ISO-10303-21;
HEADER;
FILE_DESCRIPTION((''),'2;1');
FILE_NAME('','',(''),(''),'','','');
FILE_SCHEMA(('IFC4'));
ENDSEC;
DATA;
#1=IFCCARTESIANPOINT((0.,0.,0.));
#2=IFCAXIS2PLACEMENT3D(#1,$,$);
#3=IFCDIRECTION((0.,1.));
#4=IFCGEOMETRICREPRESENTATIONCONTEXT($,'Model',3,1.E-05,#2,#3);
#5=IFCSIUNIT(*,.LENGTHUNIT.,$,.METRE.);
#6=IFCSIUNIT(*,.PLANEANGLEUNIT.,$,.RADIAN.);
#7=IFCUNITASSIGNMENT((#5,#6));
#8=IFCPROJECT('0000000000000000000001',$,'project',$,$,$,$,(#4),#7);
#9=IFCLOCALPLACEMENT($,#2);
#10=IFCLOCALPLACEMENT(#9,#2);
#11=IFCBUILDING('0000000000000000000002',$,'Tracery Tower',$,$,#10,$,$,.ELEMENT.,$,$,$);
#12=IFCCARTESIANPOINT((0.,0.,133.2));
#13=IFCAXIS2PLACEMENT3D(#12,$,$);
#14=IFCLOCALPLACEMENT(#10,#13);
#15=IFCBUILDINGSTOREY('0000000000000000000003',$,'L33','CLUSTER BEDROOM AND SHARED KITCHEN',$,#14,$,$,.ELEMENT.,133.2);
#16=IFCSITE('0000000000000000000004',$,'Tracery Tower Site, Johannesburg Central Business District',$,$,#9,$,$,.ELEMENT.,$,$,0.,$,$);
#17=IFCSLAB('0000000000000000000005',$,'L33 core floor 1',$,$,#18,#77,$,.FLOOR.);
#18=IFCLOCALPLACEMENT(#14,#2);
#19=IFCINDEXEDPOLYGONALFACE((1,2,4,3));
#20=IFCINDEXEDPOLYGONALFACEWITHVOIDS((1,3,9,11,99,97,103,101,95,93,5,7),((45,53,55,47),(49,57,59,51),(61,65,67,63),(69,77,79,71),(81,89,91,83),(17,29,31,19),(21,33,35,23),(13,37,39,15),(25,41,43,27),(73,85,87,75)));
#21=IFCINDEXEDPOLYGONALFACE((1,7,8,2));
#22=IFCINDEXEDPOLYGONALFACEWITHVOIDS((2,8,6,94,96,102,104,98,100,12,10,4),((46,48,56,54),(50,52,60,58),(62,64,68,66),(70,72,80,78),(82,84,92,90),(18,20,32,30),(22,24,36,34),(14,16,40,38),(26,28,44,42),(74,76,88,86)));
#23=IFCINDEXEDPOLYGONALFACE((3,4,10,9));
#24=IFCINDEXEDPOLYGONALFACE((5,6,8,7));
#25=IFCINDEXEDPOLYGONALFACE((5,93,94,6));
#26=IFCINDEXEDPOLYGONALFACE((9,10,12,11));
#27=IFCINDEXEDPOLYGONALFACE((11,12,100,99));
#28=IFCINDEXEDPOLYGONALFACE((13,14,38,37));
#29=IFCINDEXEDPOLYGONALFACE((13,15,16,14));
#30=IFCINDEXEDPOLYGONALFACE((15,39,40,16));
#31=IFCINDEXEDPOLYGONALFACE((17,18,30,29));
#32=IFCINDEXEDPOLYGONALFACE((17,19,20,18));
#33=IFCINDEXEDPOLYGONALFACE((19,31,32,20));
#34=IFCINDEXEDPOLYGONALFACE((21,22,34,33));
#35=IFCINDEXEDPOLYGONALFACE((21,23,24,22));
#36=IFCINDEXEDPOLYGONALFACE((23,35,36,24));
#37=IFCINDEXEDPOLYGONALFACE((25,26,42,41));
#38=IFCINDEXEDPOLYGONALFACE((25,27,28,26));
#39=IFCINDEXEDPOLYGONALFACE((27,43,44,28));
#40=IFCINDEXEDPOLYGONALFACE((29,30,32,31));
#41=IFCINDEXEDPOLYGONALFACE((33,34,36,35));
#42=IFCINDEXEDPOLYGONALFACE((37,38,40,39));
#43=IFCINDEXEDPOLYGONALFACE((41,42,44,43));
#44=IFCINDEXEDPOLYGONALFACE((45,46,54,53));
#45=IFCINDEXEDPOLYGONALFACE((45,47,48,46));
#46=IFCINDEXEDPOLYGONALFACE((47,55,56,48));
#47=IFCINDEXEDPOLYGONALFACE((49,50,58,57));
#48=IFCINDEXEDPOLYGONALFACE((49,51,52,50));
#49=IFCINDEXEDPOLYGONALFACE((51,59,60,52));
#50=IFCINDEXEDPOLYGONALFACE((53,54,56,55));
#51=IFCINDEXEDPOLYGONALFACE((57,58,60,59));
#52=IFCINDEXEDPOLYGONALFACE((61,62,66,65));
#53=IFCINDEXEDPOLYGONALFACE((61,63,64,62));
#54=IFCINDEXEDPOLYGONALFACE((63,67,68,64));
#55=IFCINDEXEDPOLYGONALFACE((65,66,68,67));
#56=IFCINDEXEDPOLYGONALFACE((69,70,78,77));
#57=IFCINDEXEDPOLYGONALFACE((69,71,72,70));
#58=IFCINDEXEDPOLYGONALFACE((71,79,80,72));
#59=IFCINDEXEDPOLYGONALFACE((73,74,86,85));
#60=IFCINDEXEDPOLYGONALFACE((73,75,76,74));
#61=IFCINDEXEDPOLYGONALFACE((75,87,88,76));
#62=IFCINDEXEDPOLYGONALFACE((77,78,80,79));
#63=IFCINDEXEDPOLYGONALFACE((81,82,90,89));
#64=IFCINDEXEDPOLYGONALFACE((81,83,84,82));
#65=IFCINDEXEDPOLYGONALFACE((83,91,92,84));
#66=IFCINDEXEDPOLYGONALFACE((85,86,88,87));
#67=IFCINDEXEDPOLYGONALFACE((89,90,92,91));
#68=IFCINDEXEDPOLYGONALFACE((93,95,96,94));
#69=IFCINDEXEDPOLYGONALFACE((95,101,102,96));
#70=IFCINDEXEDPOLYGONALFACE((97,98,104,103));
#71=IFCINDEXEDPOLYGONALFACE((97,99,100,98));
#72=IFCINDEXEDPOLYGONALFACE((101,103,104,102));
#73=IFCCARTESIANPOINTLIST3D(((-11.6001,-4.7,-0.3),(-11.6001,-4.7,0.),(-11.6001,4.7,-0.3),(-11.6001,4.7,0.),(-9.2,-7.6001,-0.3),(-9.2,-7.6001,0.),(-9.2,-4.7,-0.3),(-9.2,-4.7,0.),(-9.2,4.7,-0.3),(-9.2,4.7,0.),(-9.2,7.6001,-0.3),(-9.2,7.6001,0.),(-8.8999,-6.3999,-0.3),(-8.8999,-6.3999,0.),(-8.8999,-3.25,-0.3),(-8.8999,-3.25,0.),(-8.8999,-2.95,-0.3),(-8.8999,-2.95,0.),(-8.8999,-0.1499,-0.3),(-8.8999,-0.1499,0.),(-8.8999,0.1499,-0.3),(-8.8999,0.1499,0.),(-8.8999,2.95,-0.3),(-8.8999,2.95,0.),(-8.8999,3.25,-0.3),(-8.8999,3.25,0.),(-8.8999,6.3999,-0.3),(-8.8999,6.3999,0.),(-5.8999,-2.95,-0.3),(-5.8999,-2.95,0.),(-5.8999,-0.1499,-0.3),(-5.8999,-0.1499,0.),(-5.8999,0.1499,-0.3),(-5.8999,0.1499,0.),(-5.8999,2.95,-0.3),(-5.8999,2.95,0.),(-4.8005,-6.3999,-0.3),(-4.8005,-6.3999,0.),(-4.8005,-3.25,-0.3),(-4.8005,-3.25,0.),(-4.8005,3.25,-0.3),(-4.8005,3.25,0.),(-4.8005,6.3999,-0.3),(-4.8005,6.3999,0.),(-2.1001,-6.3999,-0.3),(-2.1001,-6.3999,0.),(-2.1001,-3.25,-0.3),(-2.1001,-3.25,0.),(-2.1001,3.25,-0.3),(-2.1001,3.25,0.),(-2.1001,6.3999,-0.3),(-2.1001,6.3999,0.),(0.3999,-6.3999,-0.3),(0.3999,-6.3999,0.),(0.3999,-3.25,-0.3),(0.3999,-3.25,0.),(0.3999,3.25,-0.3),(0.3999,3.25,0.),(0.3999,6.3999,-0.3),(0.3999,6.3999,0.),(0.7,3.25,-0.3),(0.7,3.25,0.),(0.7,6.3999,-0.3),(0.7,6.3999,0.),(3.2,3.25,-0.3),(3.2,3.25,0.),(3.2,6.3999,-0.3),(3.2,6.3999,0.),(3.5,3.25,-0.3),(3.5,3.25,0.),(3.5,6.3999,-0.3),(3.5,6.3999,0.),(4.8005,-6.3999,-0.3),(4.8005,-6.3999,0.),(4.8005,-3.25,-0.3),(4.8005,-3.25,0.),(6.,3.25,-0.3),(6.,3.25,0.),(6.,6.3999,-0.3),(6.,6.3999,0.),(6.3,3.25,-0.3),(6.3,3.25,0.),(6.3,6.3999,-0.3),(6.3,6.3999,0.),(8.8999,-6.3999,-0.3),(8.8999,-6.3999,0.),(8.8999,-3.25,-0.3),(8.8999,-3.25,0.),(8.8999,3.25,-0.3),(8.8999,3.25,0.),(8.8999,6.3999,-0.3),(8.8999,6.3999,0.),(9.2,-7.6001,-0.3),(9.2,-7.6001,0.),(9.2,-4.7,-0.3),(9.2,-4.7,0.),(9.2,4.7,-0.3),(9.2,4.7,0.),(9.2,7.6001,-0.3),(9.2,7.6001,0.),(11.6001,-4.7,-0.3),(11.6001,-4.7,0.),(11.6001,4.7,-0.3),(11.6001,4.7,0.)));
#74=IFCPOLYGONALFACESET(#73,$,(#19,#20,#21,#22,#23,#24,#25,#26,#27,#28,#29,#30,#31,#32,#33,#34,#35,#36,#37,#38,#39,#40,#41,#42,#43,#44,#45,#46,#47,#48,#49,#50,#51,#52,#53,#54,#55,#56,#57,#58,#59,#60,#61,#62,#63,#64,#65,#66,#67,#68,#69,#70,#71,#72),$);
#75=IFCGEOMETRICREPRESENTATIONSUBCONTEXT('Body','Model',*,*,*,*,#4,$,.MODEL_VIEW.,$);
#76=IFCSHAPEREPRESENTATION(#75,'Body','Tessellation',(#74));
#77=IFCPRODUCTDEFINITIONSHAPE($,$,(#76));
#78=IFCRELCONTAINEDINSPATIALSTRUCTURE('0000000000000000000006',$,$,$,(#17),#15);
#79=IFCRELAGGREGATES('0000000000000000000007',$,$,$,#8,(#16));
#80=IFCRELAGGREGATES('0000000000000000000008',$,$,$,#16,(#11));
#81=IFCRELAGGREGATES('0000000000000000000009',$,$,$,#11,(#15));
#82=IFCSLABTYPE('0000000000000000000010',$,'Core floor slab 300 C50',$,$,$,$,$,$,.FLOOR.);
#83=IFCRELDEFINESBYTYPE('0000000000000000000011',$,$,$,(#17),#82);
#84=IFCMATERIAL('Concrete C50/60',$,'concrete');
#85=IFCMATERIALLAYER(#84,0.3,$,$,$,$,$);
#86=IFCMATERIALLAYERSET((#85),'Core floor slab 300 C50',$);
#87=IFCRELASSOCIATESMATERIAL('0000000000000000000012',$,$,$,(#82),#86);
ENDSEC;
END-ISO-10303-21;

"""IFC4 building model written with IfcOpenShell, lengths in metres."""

from ifc_helpers import new_model, si_unit, direction, frame, origin, place, context, subcontext, project, spatial, polyline, outline, extrude, material, layer, layer_set, type_object, element, save


model = new_model("IFC4")

# Units and contexts
model_context = context("Model", 3, precision=1e-05, world=origin(), true_north=direction((0.0, 1.0)))
body_context = subcontext(model_context, "Body", "Model", "MODEL_VIEW")
ifc_project = project(units=[si_unit("LENGTHUNIT", "METRE"), si_unit("PLANEANGLEUNIT", "RADIAN")], contexts=[model_context])

# Site, building, storey
site_placement = place(None, origin())
site = spatial("IfcSite", under=ifc_project, at=site_placement, Name="Tracery Tower Site, Johannesburg Central Business District", CompositionType="ELEMENT", RefElevation=0.0)
building_placement = place(site_placement, origin())
building = spatial("IfcBuilding", under=site, at=building_placement, Name="Tracery Tower", CompositionType="ELEMENT")
storey_placement = place(building_placement, frame((0.0, 0.0, 133.2)))
storey = spatial("IfcBuildingStorey", under=building, at=storey_placement, Name="L33", Description="CLUSTER BEDROOM AND SHARED KITCHEN", CompositionType="ELEMENT", Elevation=133.2)

# Slab
ifc_material_1 = material(Name="Concrete C50/60", Category="concrete")
ifc_layer_1 = layer(ifc_material_1, 0.3)
ifc_layer_set_1 = layer_set([ifc_layer_1], Name="Core floor slab 300 C50")
slab_type_1 = type_object("IfcSlabType", Name="Core floor slab 300 C50", PredefinedType="FLOOR", material=ifc_layer_set_1)
slab_1_placement = place(storey_placement, frame((0.0, 0.0, -0.3)))
element("IfcSlab", 1, at=slab_1_placement, inside=storey, type_object=slab_type_1, Name="L33 core floor 1", PredefinedType="FLOOR", context=body_context, shape_type="SweptSolid", body=[
    extrude(outline(polyline([(-9.2, 7.6001), (9.2, 7.6001), (9.2, 4.7), (11.6001, 4.7), (11.6001, -4.7), (9.2, -4.7), (9.2, -7.6001), (-9.2, -7.6001), (-9.2, -4.7), (-11.6001, -4.7), (-11.6001, 4.7), (-9.2, 4.7), (-9.2, 7.6001)]), holes=[polyline([(4.8005, -6.3999), (8.8999, -6.3999), (8.8999, -3.25), (4.8005, -3.25), (4.8005, -6.3999)]), polyline([(8.8999, 3.25), (8.8999, 6.3999), (6.3, 6.3999), (6.3, 3.25), (8.8999, 3.25)]), polyline([(6.0, 3.25), (6.0, 6.3999), (3.5, 6.3999), (3.5, 3.25), (6.0, 3.25)]), polyline([(3.2, 3.25), (3.2, 6.3999), (0.7, 6.3999), (0.7, 3.25), (3.2, 3.25)]), polyline([(-2.1001, 3.25), (0.3999, 3.25), (0.3999, 6.3999), (-2.1001, 6.3999), (-2.1001, 3.25)]), polyline([(0.3999, -6.3999), (0.3999, -3.25), (-2.1001, -3.25), (-2.1001, -6.3999), (0.3999, -6.3999)]), polyline([(-4.8005, -3.25), (-8.8999, -3.25), (-8.8999, -6.3999), (-4.8005, -6.3999), (-4.8005, -3.25)]), polyline([(-4.8005, 6.3999), (-8.8999, 6.3999), (-8.8999, 3.25), (-4.8005, 3.25), (-4.8005, 6.3999)]), polyline([(-5.8999, -2.95), (-5.8999, -0.1499), (-8.8999, -0.1499), (-8.8999, -2.95), (-5.8999, -2.95)]), polyline([(-5.8999, 0.1499), (-5.8999, 2.95), (-8.8999, 2.95), (-8.8999, 0.1499), (-5.8999, 0.1499)])]), origin(), (0.0, 0.0, 1.0), 0.3),
])

save(model, "model.ifc")
